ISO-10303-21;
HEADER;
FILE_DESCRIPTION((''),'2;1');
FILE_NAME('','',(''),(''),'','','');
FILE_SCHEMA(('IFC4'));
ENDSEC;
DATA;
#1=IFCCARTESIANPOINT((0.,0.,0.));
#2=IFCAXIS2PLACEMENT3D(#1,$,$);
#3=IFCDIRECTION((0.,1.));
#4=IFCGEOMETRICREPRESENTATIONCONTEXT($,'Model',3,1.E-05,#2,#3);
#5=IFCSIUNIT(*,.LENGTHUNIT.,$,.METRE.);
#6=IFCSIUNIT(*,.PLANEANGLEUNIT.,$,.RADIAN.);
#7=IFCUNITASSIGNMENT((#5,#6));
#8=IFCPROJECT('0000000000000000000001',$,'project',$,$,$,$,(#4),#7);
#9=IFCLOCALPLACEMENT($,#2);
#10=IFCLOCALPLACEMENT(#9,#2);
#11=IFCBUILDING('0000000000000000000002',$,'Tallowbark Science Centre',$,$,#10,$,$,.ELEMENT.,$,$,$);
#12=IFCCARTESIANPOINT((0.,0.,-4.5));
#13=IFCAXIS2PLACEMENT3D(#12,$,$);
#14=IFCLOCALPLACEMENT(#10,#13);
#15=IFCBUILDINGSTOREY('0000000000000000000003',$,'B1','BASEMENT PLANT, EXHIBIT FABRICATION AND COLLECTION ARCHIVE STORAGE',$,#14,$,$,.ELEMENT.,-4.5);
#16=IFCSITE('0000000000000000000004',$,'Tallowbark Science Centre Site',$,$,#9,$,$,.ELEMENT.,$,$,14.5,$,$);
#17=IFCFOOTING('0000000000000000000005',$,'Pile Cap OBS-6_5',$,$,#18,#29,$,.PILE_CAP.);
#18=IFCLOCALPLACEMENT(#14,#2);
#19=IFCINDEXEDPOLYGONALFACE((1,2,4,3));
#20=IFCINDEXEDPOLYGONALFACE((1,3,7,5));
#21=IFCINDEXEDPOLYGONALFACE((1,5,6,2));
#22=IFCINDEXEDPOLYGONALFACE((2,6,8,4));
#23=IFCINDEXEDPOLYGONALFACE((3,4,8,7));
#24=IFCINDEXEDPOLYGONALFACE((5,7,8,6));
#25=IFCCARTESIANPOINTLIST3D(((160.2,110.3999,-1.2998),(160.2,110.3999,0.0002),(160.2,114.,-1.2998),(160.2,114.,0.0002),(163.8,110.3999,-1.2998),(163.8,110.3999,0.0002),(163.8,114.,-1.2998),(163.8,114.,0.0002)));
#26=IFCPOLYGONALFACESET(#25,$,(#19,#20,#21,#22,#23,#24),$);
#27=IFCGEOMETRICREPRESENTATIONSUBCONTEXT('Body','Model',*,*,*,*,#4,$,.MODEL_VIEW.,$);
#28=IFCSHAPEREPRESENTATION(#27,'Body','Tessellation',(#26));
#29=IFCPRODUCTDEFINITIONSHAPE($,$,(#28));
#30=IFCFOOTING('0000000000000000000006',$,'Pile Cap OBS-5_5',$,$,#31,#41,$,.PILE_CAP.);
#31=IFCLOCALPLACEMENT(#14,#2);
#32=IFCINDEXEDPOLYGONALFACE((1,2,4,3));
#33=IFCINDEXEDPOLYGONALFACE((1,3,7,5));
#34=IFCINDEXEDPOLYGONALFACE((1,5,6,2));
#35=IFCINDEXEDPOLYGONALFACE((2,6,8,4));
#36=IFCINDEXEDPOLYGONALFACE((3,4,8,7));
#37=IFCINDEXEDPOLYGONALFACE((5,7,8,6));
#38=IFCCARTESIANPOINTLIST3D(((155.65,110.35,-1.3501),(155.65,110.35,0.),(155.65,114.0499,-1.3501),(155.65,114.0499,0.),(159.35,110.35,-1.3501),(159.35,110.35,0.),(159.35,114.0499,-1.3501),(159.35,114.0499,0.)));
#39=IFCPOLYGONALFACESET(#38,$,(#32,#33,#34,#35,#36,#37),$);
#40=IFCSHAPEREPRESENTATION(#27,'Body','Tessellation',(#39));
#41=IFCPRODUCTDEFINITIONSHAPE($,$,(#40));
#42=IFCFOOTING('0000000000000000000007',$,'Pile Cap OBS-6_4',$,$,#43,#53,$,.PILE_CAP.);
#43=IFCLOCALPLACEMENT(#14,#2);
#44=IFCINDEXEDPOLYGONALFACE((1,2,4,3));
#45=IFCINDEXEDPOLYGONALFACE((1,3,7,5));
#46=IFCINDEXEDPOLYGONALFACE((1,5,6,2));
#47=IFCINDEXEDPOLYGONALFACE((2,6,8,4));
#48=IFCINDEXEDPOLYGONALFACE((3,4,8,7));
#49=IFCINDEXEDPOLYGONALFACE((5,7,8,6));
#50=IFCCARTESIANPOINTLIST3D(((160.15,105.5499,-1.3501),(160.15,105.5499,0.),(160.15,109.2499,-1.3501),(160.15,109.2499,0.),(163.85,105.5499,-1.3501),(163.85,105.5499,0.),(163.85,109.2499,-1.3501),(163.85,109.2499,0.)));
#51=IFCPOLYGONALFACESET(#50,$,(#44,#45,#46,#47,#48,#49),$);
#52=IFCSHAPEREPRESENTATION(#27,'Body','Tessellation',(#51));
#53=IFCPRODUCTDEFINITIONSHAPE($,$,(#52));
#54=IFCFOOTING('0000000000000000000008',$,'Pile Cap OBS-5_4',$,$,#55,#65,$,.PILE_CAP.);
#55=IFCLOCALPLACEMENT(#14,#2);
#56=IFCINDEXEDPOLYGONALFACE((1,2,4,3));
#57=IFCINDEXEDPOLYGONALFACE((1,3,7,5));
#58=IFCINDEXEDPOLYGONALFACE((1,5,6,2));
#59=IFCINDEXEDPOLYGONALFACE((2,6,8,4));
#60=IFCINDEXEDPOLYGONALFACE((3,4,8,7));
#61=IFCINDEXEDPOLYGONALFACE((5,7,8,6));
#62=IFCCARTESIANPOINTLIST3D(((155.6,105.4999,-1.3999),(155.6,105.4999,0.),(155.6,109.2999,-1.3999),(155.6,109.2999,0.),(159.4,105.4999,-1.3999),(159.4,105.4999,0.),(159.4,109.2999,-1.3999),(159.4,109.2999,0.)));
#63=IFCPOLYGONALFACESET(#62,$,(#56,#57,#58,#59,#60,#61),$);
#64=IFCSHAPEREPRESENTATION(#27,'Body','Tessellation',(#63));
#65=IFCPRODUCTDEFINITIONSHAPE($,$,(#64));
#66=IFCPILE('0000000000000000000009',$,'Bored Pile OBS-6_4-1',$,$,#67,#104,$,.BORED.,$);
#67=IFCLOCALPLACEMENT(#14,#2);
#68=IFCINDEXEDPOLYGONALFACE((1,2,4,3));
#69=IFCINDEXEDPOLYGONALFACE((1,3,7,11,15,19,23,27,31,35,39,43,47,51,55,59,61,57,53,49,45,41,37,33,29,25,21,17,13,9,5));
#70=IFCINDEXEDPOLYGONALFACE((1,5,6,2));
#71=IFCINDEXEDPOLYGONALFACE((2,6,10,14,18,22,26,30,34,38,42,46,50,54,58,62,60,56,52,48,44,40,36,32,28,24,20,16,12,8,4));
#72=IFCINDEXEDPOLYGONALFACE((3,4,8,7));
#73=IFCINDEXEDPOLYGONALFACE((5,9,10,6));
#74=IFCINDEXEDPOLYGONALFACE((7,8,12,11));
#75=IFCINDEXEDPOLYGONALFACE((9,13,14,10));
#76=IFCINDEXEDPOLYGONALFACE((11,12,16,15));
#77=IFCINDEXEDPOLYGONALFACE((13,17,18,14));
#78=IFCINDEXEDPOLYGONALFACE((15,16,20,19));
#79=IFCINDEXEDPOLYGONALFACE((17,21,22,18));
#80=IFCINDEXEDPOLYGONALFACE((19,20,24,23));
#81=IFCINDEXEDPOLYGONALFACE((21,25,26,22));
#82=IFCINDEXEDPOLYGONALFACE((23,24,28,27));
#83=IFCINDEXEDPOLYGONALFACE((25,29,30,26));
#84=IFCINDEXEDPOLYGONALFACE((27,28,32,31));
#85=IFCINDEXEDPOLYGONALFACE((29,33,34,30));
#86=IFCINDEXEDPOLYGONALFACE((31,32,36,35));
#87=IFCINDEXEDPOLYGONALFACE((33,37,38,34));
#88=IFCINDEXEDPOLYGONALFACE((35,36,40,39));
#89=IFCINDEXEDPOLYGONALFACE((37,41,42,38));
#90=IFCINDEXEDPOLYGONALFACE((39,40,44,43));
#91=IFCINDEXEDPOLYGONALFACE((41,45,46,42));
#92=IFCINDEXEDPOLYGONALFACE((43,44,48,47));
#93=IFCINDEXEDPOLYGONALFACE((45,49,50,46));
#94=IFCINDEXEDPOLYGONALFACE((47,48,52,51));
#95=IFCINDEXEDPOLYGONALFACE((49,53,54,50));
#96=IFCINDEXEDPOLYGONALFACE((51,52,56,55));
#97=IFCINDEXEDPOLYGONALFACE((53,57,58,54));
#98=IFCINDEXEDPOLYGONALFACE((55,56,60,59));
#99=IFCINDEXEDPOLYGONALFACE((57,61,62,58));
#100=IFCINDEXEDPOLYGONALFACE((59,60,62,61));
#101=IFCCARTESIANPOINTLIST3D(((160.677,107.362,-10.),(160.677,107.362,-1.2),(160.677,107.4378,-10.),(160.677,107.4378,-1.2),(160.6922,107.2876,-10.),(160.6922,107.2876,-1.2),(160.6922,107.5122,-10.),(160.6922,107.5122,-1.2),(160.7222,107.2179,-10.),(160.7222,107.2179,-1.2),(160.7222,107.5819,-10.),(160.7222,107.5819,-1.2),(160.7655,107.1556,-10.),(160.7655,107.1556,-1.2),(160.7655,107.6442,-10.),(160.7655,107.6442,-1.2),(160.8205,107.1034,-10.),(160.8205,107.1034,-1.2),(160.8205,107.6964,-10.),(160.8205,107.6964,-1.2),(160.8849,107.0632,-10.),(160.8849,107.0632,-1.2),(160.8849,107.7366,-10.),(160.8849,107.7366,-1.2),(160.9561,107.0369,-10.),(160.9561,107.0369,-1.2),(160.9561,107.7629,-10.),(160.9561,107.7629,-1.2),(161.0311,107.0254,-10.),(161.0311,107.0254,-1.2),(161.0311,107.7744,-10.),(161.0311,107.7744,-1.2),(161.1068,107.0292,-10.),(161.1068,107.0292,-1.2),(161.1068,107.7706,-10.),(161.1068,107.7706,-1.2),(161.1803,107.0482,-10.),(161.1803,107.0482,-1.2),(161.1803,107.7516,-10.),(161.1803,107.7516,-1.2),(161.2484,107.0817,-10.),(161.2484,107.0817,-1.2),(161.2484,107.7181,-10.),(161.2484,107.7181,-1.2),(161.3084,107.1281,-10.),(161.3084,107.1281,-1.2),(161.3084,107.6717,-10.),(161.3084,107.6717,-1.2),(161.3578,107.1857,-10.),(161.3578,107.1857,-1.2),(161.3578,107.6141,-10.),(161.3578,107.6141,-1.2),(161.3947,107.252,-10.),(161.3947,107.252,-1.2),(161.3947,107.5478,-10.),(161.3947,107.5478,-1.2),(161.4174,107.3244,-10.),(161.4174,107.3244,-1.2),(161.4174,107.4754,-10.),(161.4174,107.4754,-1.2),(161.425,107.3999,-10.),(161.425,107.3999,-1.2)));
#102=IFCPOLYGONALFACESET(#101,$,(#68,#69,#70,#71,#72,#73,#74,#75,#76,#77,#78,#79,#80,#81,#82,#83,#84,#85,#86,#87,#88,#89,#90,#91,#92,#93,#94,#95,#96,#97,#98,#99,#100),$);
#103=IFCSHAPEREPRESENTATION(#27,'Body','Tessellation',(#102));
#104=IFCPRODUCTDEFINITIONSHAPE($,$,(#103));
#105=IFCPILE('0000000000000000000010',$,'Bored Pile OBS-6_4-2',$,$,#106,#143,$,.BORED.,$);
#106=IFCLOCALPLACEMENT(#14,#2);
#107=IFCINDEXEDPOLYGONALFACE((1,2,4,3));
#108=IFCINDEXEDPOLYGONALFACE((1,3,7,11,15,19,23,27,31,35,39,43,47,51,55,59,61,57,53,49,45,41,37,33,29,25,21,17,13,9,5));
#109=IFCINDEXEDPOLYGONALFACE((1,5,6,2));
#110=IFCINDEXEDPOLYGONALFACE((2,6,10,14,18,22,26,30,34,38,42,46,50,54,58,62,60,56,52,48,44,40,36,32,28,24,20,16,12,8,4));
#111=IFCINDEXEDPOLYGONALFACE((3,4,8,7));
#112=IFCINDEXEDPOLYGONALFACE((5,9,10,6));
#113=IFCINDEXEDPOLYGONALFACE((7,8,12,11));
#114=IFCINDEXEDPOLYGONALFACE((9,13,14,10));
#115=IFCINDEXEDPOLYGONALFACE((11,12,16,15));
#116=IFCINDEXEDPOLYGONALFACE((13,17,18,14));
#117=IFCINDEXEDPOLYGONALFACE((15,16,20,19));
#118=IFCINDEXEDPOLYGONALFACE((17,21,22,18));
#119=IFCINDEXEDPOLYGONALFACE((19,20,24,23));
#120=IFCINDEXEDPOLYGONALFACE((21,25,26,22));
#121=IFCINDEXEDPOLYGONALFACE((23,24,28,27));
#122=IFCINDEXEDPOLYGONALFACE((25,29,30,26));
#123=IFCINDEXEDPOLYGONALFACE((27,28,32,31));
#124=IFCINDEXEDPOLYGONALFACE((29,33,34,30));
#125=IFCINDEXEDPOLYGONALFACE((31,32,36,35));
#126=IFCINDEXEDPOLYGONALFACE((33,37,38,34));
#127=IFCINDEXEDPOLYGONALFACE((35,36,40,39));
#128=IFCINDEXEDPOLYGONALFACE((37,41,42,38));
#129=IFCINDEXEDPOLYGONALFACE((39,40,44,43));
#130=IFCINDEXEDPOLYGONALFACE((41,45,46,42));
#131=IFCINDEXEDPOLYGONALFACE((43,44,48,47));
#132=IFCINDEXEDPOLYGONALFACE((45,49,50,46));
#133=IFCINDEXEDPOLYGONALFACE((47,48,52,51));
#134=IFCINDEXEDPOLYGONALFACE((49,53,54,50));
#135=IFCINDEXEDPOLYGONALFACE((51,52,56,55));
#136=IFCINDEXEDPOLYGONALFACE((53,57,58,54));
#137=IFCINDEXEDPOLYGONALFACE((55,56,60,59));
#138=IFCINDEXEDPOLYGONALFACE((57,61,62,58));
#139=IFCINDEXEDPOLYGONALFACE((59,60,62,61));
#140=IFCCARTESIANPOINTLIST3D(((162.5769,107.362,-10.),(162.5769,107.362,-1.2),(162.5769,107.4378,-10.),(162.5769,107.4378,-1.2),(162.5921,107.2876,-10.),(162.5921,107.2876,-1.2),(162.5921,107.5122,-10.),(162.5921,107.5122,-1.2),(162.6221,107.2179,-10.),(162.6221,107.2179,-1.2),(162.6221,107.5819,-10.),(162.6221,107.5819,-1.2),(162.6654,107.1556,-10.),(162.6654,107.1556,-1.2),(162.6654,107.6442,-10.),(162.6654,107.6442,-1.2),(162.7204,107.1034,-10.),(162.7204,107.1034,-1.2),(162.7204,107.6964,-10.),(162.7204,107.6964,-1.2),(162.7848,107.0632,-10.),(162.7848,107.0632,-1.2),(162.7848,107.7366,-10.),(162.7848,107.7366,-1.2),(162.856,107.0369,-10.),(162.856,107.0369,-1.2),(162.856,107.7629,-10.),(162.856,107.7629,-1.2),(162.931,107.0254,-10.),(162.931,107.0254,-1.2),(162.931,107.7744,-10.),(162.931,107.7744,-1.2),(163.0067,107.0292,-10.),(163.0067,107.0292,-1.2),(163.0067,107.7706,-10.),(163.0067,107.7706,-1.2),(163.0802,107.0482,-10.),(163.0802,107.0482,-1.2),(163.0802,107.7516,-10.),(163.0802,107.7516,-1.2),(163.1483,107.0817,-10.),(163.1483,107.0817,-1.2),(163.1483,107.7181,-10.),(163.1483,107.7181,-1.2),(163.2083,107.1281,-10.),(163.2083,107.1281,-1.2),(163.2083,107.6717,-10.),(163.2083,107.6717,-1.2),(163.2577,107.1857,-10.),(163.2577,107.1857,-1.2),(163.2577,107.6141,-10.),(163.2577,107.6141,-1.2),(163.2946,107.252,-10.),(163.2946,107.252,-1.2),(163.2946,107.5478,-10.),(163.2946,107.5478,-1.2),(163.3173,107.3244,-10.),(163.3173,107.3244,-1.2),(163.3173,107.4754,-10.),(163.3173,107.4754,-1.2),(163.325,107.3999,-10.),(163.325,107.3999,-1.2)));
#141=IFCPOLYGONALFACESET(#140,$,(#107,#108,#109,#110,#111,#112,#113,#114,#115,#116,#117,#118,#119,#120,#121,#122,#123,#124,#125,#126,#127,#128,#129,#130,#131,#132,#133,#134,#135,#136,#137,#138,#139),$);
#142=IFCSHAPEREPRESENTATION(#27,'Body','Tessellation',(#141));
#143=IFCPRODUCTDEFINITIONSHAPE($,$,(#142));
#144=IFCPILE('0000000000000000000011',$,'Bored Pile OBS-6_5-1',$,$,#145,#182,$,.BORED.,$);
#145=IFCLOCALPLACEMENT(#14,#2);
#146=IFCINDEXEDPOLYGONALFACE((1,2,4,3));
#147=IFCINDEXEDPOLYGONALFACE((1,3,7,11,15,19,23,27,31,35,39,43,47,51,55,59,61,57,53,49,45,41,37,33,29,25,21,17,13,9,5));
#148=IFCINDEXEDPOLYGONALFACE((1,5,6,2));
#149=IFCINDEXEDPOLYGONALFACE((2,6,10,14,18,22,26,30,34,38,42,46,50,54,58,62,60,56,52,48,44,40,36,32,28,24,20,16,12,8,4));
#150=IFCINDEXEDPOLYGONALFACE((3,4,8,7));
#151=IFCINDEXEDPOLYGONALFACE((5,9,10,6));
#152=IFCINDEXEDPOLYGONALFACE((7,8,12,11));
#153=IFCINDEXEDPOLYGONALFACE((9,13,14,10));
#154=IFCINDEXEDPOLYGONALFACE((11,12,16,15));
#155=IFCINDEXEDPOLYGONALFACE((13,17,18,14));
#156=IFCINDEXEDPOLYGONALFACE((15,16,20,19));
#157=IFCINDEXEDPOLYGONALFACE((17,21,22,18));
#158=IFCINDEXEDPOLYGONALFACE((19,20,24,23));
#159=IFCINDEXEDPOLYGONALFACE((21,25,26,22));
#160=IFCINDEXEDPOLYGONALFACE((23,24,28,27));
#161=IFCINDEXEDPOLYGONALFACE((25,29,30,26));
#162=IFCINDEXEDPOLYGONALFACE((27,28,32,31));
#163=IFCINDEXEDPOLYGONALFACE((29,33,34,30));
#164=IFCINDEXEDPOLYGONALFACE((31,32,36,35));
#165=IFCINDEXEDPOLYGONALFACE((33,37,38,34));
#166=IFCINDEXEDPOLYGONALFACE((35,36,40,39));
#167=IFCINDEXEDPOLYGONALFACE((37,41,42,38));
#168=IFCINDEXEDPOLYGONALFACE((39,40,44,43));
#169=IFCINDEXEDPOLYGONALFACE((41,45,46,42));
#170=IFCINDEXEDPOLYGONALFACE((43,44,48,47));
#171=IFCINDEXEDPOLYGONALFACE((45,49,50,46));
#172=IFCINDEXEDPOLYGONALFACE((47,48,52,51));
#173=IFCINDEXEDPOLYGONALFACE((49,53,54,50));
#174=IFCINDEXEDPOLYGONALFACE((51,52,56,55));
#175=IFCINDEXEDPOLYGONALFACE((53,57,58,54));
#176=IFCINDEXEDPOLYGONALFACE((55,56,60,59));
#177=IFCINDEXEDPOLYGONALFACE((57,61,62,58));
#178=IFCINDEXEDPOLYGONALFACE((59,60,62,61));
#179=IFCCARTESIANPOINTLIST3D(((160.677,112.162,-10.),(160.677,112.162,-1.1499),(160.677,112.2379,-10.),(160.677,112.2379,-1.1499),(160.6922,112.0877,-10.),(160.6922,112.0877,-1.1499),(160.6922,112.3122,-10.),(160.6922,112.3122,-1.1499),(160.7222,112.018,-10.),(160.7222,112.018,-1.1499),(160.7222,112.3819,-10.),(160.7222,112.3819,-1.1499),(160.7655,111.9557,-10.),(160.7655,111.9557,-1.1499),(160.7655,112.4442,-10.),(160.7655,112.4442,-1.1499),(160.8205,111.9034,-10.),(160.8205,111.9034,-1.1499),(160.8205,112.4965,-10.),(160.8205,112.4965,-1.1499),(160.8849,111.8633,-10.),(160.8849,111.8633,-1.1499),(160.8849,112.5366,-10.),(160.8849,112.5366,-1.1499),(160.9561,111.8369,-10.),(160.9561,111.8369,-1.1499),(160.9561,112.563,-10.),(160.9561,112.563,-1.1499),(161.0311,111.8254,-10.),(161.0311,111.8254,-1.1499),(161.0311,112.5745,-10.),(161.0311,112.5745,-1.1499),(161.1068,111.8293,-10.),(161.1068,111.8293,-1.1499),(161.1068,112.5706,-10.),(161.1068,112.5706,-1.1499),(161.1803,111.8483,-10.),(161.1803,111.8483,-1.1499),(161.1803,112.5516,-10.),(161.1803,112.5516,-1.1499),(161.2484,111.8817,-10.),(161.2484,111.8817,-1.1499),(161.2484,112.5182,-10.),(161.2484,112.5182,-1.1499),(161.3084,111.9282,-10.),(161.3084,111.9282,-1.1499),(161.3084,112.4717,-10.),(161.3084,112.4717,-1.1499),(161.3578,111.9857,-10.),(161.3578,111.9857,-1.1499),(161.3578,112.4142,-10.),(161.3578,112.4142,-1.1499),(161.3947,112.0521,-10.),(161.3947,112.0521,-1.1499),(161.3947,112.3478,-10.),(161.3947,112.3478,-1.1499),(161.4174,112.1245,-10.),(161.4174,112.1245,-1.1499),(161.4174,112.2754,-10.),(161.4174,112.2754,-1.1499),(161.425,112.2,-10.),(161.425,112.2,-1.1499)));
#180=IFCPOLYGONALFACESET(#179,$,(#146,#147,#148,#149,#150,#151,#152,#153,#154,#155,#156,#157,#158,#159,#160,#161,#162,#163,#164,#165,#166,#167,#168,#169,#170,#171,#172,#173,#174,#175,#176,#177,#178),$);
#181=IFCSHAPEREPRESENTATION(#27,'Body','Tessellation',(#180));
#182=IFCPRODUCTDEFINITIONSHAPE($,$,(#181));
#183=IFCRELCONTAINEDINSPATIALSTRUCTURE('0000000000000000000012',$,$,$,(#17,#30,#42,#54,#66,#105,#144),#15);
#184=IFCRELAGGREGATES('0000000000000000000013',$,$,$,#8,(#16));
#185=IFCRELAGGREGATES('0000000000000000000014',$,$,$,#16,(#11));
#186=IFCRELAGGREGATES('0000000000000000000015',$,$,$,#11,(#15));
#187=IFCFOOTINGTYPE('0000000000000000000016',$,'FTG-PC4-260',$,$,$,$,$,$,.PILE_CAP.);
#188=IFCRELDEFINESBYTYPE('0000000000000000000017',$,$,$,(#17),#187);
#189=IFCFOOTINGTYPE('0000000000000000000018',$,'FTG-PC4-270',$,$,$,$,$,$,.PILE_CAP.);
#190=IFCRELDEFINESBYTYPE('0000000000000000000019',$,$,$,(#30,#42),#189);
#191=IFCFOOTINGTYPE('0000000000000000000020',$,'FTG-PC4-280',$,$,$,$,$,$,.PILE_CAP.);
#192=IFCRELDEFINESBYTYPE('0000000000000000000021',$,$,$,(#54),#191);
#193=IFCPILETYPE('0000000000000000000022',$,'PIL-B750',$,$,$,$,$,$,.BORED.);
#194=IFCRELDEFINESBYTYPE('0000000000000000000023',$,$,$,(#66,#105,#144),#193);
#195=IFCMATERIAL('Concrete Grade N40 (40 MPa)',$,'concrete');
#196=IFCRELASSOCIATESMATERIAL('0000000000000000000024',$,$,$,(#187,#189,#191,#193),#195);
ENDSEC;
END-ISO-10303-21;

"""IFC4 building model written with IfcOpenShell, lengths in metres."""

from ifc_helpers import new_model, si_unit, direction, frame, origin, origin_2d, place, context, subcontext, project, spatial, rectangle, circle, extrude, material, material_profile, profile_set, type_object, element, save


model = new_model("IFC4")

# Units and contexts
model_context = context("Model", 3, precision=1e-05, world=origin(), true_north=direction((0.0, 1.0)))
body_context = subcontext(model_context, "Body", "Model", "MODEL_VIEW")
ifc_project = project(units=[si_unit("LENGTHUNIT", "METRE"), si_unit("PLANEANGLEUNIT", "RADIAN")], contexts=[model_context])

# Site, building, storey
site_placement = place(None, origin())
site = spatial("IfcSite", under=ifc_project, at=site_placement, Name="Tallowbark Science Centre Site", CompositionType="ELEMENT", RefElevation=14.5)
building_placement = place(site_placement, origin())
building = spatial("IfcBuilding", under=site, at=building_placement, Name="Tallowbark Science Centre", CompositionType="ELEMENT")
storey_placement = place(building_placement, frame((0.0, 0.0, -4.5)))
storey = spatial("IfcBuildingStorey", under=building, at=storey_placement, Name="B1", Description="BASEMENT PLANT, EXHIBIT FABRICATION AND COLLECTION ARCHIVE STORAGE", CompositionType="ELEMENT", Elevation=-4.5)

# Footings
ifc_material_1 = material(Name="Concrete Grade N40 (40 MPa)", Category="concrete")
footing_type_1 = type_object("IfcFootingType", Name="FTG-PC4-260", PredefinedType="PILE_CAP", material=ifc_material_1)
footing_1_placement = place(storey_placement, frame((162.0, 112.2, -1.2998), z_axis=(0.0, 0.0, 1.0), x_axis=(1.0, 0.0, 0.0)))
element("IfcFooting", 1, at=footing_1_placement, inside=storey, type_object=footing_type_1, Name="Pile Cap OBS-6_5", PredefinedType="PILE_CAP", context=body_context, shape_type="SweptSolid", body=[
    extrude(rectangle(XDim=3.6001, YDim=3.6001, at=origin_2d()), origin(), (0.0, 0.0, 1.0), 1.3),
])
footing_type_2 = type_object("IfcFootingType", Name="FTG-PC4-270", PredefinedType="PILE_CAP", material=ifc_material_1)
for number, where, z_axis, x_axis, name in (
    (2, (157.5, 112.2, -1.3501), (0.0, 0.0, 1.0), (1.0, 0.0, 0.0), "Pile Cap OBS-5_5"),
    (3, (162.0, 107.3999, -1.3501), (0.0, 0.0, 1.0), (1.0, 0.0, 0.0), "Pile Cap OBS-6_4"),
):
    element("IfcFooting", number, at=place(storey_placement, frame(where, z_axis=z_axis, x_axis=x_axis)), inside=storey, type_object=footing_type_2, Name=name, PredefinedType="PILE_CAP", context=body_context, shape_type="SweptSolid", body=[
        extrude(rectangle(XDim=3.7, YDim=3.7, at=origin_2d()), origin(), (0.0, 0.0, 1.0), 1.3501),
    ])
footing_type_3 = type_object("IfcFootingType", Name="FTG-PC4-280", PredefinedType="PILE_CAP", material=ifc_material_1)
footing_2_placement = place(storey_placement, frame((157.5, 107.3999, -1.3999), z_axis=(0.0, 0.0, 1.0), x_axis=(1.0, 0.0, 0.0)))
element("IfcFooting", 4, at=footing_2_placement, inside=storey, type_object=footing_type_3, Name="Pile Cap OBS-5_4", PredefinedType="PILE_CAP", context=body_context, shape_type="SweptSolid", body=[
    extrude(rectangle(XDim=3.8, YDim=3.8, at=origin_2d()), origin(), (0.0, 0.0, 1.0), 1.3999),
])

# Piles
ifc_material_profile_1 = material_profile(ifc_material_1, circle(Radius=0.375, at=origin_2d()), Name="PILE750")
ifc_profile_set_1 = profile_set([ifc_material_profile_1], Name="Concrete Grade N40 (40 MPa)")
pile_type_1 = type_object("IfcPileType", Name="PIL-B750", PredefinedType="BORED", material=ifc_profile_set_1)
for number, where, z_axis, x_axis, name in (
    (5, (161.05, 107.3999, -1.2), (0.0, 0.0, -1.0), (1.0, 0.0, 0.0), "Bored Pile OBS-6_4-1"),
    (6, (162.95, 107.3999, -1.2), (0.0, 0.0, -1.0), (1.0, 0.0, 0.0), "Bored Pile OBS-6_4-2"),
):
    element("IfcPile", number, at=place(storey_placement, frame(where, z_axis=z_axis, x_axis=x_axis)), inside=storey, type_object=pile_type_1, Name=name, PredefinedType="BORED", context=body_context, shape_type="SweptSolid", body=[
        extrude(circle(Radius=0.375, at=origin_2d()), origin(), (0.0, 0.0, 1.0), 8.8),
    ])
for number, where, z_axis, x_axis, name in (
    (7, (161.05, 112.2, -1.1499), (0.0, 0.0, -1.0), (1.0, 0.0, 0.0), "Bored Pile OBS-6_5-1"),
):
    element("IfcPile", number, at=place(storey_placement, frame(where, z_axis=z_axis, x_axis=x_axis)), inside=storey, type_object=pile_type_1, Name=name, PredefinedType="BORED", context=body_context, shape_type="SweptSolid", body=[
        extrude(circle(Radius=0.375, at=origin_2d()), origin(), (0.0, 0.0, 1.0), 8.8501),
    ])

save(model, "model.ifc")
